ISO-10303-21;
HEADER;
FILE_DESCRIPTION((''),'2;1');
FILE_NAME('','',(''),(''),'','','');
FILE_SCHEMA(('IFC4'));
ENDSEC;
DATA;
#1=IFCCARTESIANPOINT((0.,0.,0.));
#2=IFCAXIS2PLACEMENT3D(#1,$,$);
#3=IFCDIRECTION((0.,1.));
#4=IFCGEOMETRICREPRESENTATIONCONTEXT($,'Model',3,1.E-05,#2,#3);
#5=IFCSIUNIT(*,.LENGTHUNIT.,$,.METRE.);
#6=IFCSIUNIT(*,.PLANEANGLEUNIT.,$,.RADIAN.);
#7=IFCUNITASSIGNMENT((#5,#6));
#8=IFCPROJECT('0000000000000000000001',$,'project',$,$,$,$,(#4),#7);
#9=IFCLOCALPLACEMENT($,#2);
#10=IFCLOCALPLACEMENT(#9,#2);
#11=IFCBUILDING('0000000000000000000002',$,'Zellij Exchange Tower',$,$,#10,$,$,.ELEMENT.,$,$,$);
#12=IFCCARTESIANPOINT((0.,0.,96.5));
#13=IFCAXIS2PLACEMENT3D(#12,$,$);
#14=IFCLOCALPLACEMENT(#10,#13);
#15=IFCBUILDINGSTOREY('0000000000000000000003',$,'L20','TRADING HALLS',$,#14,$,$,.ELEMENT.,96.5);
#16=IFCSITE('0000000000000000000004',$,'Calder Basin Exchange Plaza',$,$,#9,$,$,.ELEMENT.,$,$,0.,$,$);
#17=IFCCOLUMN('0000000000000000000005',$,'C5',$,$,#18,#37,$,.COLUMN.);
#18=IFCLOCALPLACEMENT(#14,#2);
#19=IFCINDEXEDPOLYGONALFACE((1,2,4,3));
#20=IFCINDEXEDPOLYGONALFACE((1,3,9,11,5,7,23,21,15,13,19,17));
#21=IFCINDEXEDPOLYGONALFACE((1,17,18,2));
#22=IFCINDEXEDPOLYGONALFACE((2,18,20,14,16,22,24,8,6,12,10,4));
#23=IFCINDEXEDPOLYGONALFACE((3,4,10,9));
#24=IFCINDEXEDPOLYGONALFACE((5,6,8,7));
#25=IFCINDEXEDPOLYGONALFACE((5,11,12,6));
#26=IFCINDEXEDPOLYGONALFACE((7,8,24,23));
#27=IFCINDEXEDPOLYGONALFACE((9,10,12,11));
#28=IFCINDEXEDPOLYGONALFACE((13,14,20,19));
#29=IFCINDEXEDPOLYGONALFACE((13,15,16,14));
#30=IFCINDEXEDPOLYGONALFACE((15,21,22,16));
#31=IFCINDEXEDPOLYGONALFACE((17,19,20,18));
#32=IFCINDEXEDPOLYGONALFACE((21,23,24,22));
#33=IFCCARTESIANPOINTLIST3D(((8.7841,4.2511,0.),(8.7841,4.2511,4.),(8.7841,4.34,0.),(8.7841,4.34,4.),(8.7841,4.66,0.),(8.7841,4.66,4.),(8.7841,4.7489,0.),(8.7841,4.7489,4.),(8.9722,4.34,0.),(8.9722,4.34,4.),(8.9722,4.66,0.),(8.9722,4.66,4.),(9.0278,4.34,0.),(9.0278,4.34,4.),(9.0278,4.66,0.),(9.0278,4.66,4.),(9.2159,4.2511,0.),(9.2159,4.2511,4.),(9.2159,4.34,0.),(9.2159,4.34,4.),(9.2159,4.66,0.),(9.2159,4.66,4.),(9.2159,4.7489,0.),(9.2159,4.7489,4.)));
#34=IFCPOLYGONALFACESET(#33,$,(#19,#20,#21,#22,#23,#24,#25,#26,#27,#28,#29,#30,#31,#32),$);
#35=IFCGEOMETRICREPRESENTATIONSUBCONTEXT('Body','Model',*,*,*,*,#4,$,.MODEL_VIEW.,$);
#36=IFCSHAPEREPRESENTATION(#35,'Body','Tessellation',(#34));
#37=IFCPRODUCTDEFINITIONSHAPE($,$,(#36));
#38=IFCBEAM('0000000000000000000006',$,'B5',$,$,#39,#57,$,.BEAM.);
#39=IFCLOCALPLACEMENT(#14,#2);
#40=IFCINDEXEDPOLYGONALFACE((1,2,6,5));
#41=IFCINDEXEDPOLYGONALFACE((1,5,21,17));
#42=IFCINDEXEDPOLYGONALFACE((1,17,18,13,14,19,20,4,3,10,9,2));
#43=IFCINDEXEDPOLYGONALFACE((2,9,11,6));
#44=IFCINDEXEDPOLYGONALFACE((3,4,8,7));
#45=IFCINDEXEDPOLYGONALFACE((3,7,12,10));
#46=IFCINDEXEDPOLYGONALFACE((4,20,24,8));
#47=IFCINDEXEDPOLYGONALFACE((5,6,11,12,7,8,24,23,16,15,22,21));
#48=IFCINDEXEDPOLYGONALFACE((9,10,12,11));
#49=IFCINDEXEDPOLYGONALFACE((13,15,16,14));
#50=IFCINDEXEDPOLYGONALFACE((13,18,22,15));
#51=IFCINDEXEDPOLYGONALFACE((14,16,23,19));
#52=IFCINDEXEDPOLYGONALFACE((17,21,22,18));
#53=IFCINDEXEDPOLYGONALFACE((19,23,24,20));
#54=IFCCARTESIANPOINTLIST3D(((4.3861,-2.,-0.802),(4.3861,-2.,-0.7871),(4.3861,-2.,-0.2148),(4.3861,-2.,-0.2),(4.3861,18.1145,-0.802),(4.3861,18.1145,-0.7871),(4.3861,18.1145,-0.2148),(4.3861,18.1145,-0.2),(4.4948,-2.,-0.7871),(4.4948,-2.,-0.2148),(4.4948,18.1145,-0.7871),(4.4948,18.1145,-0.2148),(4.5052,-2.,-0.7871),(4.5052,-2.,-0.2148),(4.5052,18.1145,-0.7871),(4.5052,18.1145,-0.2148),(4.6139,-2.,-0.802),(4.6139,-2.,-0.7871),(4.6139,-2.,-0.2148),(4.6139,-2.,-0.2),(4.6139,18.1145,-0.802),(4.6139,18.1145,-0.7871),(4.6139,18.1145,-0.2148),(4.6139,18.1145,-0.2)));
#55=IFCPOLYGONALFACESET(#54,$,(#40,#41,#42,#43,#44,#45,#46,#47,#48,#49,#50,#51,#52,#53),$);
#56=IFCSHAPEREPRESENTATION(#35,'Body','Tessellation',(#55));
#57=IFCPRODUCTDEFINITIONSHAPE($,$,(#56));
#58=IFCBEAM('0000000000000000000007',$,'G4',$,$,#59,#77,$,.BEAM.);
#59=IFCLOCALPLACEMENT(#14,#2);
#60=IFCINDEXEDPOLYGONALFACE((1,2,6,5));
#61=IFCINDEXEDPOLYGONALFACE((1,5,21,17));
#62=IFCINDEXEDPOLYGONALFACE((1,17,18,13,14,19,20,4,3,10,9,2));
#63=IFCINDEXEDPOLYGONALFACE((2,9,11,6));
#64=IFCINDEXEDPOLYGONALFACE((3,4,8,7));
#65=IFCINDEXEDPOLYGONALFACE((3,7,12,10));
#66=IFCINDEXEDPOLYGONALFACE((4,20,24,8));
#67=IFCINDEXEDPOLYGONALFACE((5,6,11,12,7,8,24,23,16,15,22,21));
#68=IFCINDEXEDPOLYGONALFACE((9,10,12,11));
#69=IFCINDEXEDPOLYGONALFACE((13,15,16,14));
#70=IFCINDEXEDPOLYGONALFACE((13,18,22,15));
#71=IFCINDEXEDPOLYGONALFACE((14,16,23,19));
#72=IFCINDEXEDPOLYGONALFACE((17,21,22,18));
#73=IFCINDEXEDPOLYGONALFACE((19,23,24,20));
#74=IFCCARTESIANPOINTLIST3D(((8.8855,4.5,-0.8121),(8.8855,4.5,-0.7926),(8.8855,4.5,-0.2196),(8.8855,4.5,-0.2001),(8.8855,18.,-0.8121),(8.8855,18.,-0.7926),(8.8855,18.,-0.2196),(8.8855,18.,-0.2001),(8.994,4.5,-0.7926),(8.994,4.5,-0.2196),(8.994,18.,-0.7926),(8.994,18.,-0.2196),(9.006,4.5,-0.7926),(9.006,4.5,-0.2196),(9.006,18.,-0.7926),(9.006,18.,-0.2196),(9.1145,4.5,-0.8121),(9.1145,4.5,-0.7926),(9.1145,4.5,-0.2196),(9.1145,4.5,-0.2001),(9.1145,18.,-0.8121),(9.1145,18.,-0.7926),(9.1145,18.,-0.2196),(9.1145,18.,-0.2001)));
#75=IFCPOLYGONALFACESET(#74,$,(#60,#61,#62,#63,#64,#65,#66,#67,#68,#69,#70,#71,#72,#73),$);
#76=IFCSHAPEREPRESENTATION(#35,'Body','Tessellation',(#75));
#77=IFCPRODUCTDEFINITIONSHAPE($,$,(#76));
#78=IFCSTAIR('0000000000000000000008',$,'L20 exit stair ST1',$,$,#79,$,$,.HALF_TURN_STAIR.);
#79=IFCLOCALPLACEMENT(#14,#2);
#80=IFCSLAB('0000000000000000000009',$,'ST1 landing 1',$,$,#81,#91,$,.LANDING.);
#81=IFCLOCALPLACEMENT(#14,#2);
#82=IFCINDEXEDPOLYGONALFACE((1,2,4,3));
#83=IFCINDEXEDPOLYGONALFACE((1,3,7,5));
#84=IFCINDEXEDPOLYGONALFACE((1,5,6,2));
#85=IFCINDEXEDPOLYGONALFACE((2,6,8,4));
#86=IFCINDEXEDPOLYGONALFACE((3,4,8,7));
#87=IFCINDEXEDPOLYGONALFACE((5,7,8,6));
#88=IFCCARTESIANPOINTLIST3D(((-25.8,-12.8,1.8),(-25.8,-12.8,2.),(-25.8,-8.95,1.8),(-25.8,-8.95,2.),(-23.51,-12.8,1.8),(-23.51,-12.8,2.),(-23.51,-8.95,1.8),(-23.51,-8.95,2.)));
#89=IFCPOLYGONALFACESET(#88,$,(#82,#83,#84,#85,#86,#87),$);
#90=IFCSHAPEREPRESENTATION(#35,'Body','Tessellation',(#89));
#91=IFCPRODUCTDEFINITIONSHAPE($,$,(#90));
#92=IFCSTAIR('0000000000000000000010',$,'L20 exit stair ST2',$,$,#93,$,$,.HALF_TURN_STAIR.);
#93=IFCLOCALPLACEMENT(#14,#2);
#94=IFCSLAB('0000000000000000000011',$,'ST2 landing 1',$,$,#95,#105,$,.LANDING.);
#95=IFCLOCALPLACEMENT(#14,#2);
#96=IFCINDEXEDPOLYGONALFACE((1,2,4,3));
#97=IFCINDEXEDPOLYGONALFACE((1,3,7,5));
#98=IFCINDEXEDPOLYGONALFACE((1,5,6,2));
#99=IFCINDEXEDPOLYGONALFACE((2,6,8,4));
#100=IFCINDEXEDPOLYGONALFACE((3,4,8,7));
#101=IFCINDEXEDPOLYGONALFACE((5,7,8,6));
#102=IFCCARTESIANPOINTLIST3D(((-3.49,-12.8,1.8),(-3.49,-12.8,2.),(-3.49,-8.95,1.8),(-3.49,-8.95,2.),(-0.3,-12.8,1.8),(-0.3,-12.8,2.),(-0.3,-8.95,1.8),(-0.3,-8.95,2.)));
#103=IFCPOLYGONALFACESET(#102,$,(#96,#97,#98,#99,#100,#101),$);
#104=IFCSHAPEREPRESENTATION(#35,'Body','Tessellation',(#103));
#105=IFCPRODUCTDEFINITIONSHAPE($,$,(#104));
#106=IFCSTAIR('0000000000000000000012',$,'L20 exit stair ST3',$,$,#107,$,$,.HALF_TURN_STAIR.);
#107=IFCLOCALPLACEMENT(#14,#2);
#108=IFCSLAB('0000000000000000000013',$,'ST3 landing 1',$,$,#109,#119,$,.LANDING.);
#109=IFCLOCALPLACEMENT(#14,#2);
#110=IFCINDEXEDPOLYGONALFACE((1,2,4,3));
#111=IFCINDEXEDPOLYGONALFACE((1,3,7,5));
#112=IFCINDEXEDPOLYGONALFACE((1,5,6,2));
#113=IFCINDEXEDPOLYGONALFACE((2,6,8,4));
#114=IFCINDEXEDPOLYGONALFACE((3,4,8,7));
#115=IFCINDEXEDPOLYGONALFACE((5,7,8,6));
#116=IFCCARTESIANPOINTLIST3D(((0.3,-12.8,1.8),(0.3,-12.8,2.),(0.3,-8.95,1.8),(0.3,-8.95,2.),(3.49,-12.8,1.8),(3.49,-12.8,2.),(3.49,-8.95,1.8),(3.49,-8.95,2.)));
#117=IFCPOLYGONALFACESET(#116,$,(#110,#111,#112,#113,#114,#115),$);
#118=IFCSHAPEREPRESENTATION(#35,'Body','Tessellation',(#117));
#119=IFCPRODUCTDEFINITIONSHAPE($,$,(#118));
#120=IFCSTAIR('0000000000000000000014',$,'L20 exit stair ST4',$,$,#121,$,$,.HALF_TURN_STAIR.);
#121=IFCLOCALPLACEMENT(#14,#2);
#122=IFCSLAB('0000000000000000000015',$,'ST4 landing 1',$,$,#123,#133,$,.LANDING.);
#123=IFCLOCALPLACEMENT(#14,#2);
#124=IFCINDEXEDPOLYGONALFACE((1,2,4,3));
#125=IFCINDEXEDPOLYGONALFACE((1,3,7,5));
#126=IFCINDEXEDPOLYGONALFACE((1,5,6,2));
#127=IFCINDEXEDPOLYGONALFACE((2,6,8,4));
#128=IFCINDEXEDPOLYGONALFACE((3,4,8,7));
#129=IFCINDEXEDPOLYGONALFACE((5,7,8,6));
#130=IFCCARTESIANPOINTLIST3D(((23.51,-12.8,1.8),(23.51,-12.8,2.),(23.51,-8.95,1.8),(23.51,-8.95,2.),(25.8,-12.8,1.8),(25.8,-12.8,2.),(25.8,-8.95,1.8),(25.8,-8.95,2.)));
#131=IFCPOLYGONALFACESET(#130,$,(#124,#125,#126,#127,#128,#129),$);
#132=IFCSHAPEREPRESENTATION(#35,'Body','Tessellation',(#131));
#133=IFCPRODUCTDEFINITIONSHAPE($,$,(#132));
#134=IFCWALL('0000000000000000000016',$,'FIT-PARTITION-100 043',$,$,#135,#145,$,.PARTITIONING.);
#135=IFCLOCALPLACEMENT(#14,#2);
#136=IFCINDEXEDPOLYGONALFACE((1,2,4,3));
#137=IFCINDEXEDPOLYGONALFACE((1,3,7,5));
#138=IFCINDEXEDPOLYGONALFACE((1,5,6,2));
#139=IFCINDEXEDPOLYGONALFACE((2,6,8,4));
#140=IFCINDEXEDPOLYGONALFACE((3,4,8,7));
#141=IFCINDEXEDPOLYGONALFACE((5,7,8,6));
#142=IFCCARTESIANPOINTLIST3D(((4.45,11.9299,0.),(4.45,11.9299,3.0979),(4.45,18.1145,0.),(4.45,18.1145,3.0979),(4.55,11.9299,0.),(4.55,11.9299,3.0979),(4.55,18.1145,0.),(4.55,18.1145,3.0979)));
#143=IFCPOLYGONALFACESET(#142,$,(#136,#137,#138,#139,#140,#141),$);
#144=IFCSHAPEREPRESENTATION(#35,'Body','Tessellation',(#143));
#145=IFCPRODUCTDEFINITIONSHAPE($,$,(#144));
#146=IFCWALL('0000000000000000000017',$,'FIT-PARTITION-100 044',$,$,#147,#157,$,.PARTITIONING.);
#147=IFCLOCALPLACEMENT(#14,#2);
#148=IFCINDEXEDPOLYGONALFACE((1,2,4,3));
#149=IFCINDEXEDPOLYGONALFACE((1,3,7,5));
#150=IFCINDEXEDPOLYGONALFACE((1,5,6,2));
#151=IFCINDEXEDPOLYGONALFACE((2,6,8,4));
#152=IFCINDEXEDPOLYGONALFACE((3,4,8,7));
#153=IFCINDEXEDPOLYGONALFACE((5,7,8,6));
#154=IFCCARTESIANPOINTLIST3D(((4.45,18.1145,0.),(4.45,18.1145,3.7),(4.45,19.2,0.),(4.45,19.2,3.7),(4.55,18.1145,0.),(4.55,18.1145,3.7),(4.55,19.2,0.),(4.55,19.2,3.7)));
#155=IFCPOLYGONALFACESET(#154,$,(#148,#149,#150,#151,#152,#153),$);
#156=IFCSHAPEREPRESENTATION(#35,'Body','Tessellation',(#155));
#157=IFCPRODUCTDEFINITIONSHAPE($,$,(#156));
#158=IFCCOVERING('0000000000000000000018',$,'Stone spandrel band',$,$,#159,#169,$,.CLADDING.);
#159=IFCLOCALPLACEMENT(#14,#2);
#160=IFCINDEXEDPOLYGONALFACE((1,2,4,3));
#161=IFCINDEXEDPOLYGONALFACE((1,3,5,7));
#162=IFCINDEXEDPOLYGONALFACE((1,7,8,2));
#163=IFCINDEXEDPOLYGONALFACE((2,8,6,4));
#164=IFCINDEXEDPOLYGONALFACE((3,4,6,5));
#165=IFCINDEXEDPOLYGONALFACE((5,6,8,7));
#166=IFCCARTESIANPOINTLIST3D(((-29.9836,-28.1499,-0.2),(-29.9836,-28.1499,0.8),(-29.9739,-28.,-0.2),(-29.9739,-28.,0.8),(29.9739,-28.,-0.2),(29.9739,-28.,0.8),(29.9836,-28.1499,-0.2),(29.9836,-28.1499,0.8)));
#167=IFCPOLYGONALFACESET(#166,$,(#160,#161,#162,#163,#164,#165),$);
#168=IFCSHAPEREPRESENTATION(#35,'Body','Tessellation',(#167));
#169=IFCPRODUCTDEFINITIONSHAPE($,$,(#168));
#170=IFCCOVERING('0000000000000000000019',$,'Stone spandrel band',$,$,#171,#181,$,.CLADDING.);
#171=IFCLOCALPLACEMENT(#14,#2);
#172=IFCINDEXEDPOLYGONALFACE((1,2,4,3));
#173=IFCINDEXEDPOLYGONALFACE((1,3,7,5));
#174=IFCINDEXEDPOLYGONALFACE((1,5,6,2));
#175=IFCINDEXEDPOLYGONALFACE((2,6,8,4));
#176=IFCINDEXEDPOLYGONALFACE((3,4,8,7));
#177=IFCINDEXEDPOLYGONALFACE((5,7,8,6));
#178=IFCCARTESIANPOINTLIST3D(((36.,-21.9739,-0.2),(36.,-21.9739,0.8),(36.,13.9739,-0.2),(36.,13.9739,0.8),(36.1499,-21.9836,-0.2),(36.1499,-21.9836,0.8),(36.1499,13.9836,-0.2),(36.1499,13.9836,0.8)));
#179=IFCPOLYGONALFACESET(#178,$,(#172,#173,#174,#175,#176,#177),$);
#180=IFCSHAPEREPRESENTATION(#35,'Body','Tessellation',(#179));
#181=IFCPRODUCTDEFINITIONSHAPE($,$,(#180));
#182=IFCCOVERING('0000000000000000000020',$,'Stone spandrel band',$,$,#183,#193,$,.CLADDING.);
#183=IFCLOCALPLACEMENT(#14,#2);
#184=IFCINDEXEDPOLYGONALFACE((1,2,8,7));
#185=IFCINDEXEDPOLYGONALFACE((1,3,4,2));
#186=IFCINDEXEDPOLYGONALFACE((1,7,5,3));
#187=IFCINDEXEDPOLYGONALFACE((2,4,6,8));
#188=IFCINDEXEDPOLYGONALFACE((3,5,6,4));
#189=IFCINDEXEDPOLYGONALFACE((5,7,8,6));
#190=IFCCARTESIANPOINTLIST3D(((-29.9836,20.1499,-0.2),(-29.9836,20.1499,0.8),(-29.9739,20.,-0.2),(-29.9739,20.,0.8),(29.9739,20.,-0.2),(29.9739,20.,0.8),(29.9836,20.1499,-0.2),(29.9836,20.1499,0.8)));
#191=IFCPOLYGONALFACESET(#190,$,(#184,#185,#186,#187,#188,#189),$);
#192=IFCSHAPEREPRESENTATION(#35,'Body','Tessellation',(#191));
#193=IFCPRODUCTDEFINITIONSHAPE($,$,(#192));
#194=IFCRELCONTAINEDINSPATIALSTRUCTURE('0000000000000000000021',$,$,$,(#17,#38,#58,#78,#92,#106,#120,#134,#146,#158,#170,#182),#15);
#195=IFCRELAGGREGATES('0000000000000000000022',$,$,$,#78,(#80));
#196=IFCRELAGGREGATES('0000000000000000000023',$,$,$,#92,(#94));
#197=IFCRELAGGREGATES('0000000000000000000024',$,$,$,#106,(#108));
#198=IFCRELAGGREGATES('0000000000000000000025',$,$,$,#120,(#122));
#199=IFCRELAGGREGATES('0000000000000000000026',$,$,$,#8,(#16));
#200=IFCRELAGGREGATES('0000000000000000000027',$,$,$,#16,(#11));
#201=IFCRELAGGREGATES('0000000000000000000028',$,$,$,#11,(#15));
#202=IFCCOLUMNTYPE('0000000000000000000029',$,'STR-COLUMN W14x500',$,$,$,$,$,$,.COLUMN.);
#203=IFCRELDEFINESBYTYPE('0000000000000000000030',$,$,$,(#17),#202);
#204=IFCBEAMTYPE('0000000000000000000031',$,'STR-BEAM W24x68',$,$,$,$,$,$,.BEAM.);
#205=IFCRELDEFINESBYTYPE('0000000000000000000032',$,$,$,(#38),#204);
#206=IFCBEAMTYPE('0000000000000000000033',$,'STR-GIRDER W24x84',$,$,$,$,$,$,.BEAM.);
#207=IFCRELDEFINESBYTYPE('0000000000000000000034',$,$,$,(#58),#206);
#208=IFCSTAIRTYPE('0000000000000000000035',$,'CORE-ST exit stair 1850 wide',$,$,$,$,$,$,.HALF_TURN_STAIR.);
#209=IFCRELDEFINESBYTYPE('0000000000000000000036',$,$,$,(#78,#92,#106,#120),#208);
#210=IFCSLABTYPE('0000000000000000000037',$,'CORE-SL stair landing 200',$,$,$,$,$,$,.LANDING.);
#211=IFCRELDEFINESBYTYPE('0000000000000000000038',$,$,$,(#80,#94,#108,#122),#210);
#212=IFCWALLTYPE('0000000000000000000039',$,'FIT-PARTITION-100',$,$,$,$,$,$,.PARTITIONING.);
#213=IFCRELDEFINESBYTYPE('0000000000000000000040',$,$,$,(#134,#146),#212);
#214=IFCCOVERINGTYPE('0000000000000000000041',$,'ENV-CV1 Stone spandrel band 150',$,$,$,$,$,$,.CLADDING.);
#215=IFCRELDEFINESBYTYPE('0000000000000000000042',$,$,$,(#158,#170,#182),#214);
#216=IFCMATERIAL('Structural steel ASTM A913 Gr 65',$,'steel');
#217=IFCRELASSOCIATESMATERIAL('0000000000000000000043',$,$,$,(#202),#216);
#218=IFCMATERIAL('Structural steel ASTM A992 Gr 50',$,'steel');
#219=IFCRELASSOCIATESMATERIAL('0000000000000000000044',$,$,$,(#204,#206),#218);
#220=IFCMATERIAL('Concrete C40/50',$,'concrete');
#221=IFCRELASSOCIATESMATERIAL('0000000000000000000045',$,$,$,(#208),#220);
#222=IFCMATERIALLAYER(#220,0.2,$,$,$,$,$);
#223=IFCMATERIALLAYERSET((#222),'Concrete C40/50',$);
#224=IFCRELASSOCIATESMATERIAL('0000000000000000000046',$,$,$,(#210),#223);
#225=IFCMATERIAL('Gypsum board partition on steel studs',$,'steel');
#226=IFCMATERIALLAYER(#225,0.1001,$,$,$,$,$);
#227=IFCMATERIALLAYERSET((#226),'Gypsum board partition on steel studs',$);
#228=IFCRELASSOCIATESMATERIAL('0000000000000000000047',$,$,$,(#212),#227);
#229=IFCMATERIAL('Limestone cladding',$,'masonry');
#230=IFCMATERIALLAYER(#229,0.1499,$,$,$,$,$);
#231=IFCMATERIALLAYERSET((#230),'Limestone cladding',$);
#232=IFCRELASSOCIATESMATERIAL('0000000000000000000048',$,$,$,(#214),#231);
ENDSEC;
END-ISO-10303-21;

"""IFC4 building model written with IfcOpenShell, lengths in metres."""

from ifc_helpers import new_model, si_unit, direction, frame, frame_2d, origin, origin_2d, place, context, subcontext, project, spatial, polyline, rectangle, i_section, outline, extrude, material, layer, layer_set, material_profile, profile_set, type_object, element, aggregate, save


model = new_model("IFC4")

# Units and contexts
model_context = context("Model", 3, precision=1e-05, world=origin(), true_north=direction((0.0, 1.0)))
body_context = subcontext(model_context, "Body", "Model", "MODEL_VIEW")
ifc_project = project(units=[si_unit("LENGTHUNIT", "METRE"), si_unit("PLANEANGLEUNIT", "RADIAN")], contexts=[model_context])

# Site, building, storey
site_placement = place(None, origin())
site = spatial("IfcSite", under=ifc_project, at=site_placement, Name="Calder Basin Exchange Plaza", CompositionType="ELEMENT", RefElevation=0.0)
building_placement = place(site_placement, origin())
building = spatial("IfcBuilding", under=site, at=building_placement, Name="Zellij Exchange Tower", CompositionType="ELEMENT")
storey_placement = place(building_placement, frame((0.0, 0.0, 96.5)))
storey = spatial("IfcBuildingStorey", under=building, at=storey_placement, Name="L20", Description="TRADING HALLS", CompositionType="ELEMENT", Elevation=96.5)

# Column
ifc_material_1 = material(Name="Structural steel ASTM A913 Gr 65", Category="steel")
ifc_material_profile_1 = material_profile(ifc_material_1, i_section(OverallWidth=0.4319, OverallDepth=0.4978, WebThickness=0.0557, FlangeThickness=0.0889, at=origin_2d()), Name="W14x500")
ifc_profile_set_1 = profile_set([ifc_material_profile_1], Name="Structural steel ASTM A913 Gr 65")
column_type = type_object("IfcColumnType", Name="STR-COLUMN W14x500", PredefinedType="COLUMN", material=ifc_profile_set_1)
column_placement = place(storey_placement, frame((9.0, 4.5, 0.0), z_axis=(0.0, 0.0, 1.0), x_axis=(1.0, 0.0, 0.0)))
element("IfcColumn", 1, at=column_placement, inside=storey, type_object=column_type, Name="C5", PredefinedType="COLUMN", context=body_context, shape_type="SweptSolid", body=[
    extrude(i_section(OverallWidth=0.4319, OverallDepth=0.4978, WebThickness=0.0557, FlangeThickness=0.0889, at=origin_2d()), origin(), (0.0, 0.0, 1.0), 4.0),
])

# Beams
ifc_material_2 = material(Name="Structural steel ASTM A992 Gr 50", Category="steel")
ifc_material_profile_2 = material_profile(ifc_material_2, i_section(OverallWidth=0.2278, OverallDepth=0.6021, WebThickness=0.0105, FlangeThickness=0.0149, at=origin_2d()), Name="W24x68")
ifc_profile_set_2 = profile_set([ifc_material_profile_2], Name="Structural steel ASTM A992 Gr 50")
beam_type_1 = type_object("IfcBeamType", Name="STR-BEAM W24x68", PredefinedType="BEAM", material=ifc_profile_set_2)
beam_1_placement = place(storey_placement, frame((4.5, -2.0, -0.501), z_axis=(0.0, 1.0, 0.0), x_axis=(-1.0, 0.0, 0.0)))
element("IfcBeam", 2, at=beam_1_placement, inside=storey, type_object=beam_type_1, Name="B5", PredefinedType="BEAM", context=body_context, shape_type="SweptSolid", body=[
    extrude(i_section(OverallWidth=0.2278, OverallDepth=0.6021, WebThickness=0.0105, FlangeThickness=0.0149, at=origin_2d()), origin(), (0.0, 0.0, 1.0), 20.1145),
])
ifc_material_profile_3 = material_profile(ifc_material_2, i_section(OverallWidth=0.229, OverallDepth=0.6121, WebThickness=0.012, FlangeThickness=0.0195, at=origin_2d()), Name="W24x84")
ifc_profile_set_3 = profile_set([ifc_material_profile_3], Name="Structural steel ASTM A992 Gr 50")
beam_type_2 = type_object("IfcBeamType", Name="STR-GIRDER W24x84", PredefinedType="BEAM", material=ifc_profile_set_3)
beam_2_placement = place(storey_placement, frame((9.0, 4.5, -0.5061), z_axis=(0.0, 1.0, 0.0), x_axis=(-1.0, 0.0, 0.0)))
element("IfcBeam", 3, at=beam_2_placement, inside=storey, type_object=beam_type_2, Name="G4", PredefinedType="BEAM", context=body_context, shape_type="SweptSolid", body=[
    extrude(i_section(OverallWidth=0.229, OverallDepth=0.6121, WebThickness=0.012, FlangeThickness=0.0195, at=origin_2d()), origin(), (0.0, 0.0, 1.0), 13.5),
])

# Stairs, slabs
ifc_material_3 = material(Name="Concrete C40/50", Category="concrete")
stair_type = type_object("IfcStairType", Name="CORE-ST exit stair 1850 wide", PredefinedType="HALF_TURN_STAIR", material=ifc_material_3)
stair_1_placement = place(storey_placement, origin())
stair_1 = element("IfcStair", 4, at=stair_1_placement, inside=storey, type_object=stair_type, Name="L20 exit stair ST1", PredefinedType="HALF_TURN_STAIR")
ifc_layer_1 = layer(ifc_material_3, 0.2)
ifc_layer_set_1 = layer_set([ifc_layer_1], Name="Concrete C40/50")
slab_type = type_object("IfcSlabType", Name="CORE-SL stair landing 200", PredefinedType="LANDING", material=ifc_layer_set_1)
slab_1_placement = place(storey_placement, frame((0.0, 0.0, 1.8)))
slab_1 = element("IfcSlab", 5, at=slab_1_placement, type_object=slab_type, Name="ST1 landing 1", PredefinedType="LANDING", context=body_context, shape_type="SweptSolid", body=[
    extrude(outline(polyline([(-23.51, -8.95), (-25.8, -8.95), (-25.8, -12.8), (-23.51, -12.8), (-23.51, -8.95)])), origin(), (0.0, 0.0, 1.0), 0.2),
])
aggregate(stair_1, [slab_1])
stair_2_placement = place(storey_placement, origin())
stair_2 = element("IfcStair", 6, at=stair_2_placement, inside=storey, type_object=stair_type, Name="L20 exit stair ST2", PredefinedType="HALF_TURN_STAIR")
slab_2_placement = place(storey_placement, frame((0.0, 0.0, 1.8)))
slab_2 = element("IfcSlab", 7, at=slab_2_placement, type_object=slab_type, Name="ST2 landing 1", PredefinedType="LANDING", context=body_context, shape_type="SweptSolid", body=[
    extrude(outline(polyline([(-3.49, -12.8), (-0.3, -12.8), (-0.3, -8.95), (-3.49, -8.95), (-3.49, -12.8)])), origin(), (0.0, 0.0, 1.0), 0.2),
])
aggregate(stair_2, [slab_2])
stair_3_placement = place(storey_placement, origin())
stair_3 = element("IfcStair", 8, at=stair_3_placement, inside=storey, type_object=stair_type, Name="L20 exit stair ST3", PredefinedType="HALF_TURN_STAIR")
slab_3_placement = place(storey_placement, frame((0.0, 0.0, 1.8)))
slab_3 = element("IfcSlab", 9, at=slab_3_placement, type_object=slab_type, Name="ST3 landing 1", PredefinedType="LANDING", context=body_context, shape_type="SweptSolid", body=[
    extrude(outline(polyline([(3.49, -8.95), (0.3, -8.95), (0.3, -12.8), (3.49, -12.8), (3.49, -8.95)])), origin(), (0.0, 0.0, 1.0), 0.2),
])
aggregate(stair_3, [slab_3])
stair_4_placement = place(storey_placement, origin())
stair_4 = element("IfcStair", 10, at=stair_4_placement, inside=storey, type_object=stair_type, Name="L20 exit stair ST4", PredefinedType="HALF_TURN_STAIR")
slab_4_placement = place(storey_placement, frame((0.0, 0.0, 1.8)))
slab_4 = element("IfcSlab", 11, at=slab_4_placement, type_object=slab_type, Name="ST4 landing 1", PredefinedType="LANDING", context=body_context, shape_type="SweptSolid", body=[
    extrude(outline(polyline([(23.51, -12.8), (25.8, -12.8), (25.8, -8.95), (23.51, -8.95), (23.51, -12.8)])), origin(), (0.0, 0.0, 1.0), 0.2),
])
aggregate(stair_4, [slab_4])

# Walls
ifc_material_4 = material(Name="Gypsum board partition on steel studs", Category="steel")
ifc_layer_2 = layer(ifc_material_4, 0.1001)
ifc_layer_set_2 = layer_set([ifc_layer_2], Name="Gypsum board partition on steel studs")
wall_type = type_object("IfcWallType", Name="FIT-PARTITION-100", PredefinedType="PARTITIONING", material=ifc_layer_set_2)
wall_1_placement = place(storey_placement, frame((4.5, 11.9299, 0.0), z_axis=(0.0, 0.0, 1.0), x_axis=(0.0, 1.0, 0.0)))
element("IfcWall", 12, at=wall_1_placement, inside=storey, type_object=wall_type, Name="FIT-PARTITION-100 043", PredefinedType="PARTITIONING", context=body_context, shape_type="SweptSolid", body=[
    extrude(rectangle(XDim=6.1846, YDim=0.1001, at=frame_2d((3.0923, 0.0))), origin(), (0.0, 0.0, 1.0), 3.0979),
])
wall_2_placement = place(storey_placement, frame((4.5, 18.1145, 0.0), z_axis=(0.0, 0.0, 1.0), x_axis=(0.0, 1.0, 0.0)))
element("IfcWall", 13, at=wall_2_placement, inside=storey, type_object=wall_type, Name="FIT-PARTITION-100 044", PredefinedType="PARTITIONING", context=body_context, shape_type="SweptSolid", body=[
    extrude(rectangle(XDim=1.0854, YDim=0.1001, at=frame_2d((0.5427, 0.0))), origin(), (0.0, 0.0, 1.0), 3.7),
])

# Coverings
ifc_material_5 = material(Name="Limestone cladding", Category="masonry")
ifc_layer_3 = layer(ifc_material_5, 0.1499)
ifc_layer_set_3 = layer_set([ifc_layer_3], Name="Limestone cladding")
covering_type_1 = type_object("IfcCoveringType", Name="ENV-CV1 Stone spandrel band 150", PredefinedType="CLADDING", material=ifc_layer_set_3)
covering_1_placement = place(storey_placement, frame((0.0, 0.0, -0.2)))
element("IfcCovering", 14, at=covering_1_placement, inside=storey, type_object=covering_type_1, Name="Stone spandrel band", PredefinedType="CLADDING", context=body_context, shape_type="SweptSolid", body=[
    extrude(outline(polyline([(-29.9739, -28.0), (29.9739, -28.0), (29.9836, -28.1499), (-29.9836, -28.1499), (-29.9739, -28.0)])), origin(), (0.0, 0.0, 1.0), 1.0),
])
covering_2_placement = place(storey_placement, frame((0.0, 0.0, -0.2)))
element("IfcCovering", 15, at=covering_2_placement, inside=storey, type_object=covering_type_1, Name="Stone spandrel band", PredefinedType="CLADDING", context=body_context, shape_type="SweptSolid", body=[
    extrude(outline(polyline([(36.0, -21.9739), (36.0, 13.9739), (36.1499, 13.9836), (36.1499, -21.9836), (36.0, -21.9739)])), origin(), (0.0, 0.0, 1.0), 1.0),
])
covering_3_placement = place(storey_placement, frame((0.0, 0.0, -0.2)))
element("IfcCovering", 16, at=covering_3_placement, inside=storey, type_object=covering_type_1, Name="Stone spandrel band", PredefinedType="CLADDING", context=body_context, shape_type="SweptSolid", body=[
    extrude(outline(polyline([(29.9739, 20.0), (-29.9739, 20.0), (-29.9836, 20.1499), (29.9836, 20.1499), (29.9739, 20.0)])), origin(), (0.0, 0.0, 1.0), 1.0),
])

save(model, "model.ifc")
